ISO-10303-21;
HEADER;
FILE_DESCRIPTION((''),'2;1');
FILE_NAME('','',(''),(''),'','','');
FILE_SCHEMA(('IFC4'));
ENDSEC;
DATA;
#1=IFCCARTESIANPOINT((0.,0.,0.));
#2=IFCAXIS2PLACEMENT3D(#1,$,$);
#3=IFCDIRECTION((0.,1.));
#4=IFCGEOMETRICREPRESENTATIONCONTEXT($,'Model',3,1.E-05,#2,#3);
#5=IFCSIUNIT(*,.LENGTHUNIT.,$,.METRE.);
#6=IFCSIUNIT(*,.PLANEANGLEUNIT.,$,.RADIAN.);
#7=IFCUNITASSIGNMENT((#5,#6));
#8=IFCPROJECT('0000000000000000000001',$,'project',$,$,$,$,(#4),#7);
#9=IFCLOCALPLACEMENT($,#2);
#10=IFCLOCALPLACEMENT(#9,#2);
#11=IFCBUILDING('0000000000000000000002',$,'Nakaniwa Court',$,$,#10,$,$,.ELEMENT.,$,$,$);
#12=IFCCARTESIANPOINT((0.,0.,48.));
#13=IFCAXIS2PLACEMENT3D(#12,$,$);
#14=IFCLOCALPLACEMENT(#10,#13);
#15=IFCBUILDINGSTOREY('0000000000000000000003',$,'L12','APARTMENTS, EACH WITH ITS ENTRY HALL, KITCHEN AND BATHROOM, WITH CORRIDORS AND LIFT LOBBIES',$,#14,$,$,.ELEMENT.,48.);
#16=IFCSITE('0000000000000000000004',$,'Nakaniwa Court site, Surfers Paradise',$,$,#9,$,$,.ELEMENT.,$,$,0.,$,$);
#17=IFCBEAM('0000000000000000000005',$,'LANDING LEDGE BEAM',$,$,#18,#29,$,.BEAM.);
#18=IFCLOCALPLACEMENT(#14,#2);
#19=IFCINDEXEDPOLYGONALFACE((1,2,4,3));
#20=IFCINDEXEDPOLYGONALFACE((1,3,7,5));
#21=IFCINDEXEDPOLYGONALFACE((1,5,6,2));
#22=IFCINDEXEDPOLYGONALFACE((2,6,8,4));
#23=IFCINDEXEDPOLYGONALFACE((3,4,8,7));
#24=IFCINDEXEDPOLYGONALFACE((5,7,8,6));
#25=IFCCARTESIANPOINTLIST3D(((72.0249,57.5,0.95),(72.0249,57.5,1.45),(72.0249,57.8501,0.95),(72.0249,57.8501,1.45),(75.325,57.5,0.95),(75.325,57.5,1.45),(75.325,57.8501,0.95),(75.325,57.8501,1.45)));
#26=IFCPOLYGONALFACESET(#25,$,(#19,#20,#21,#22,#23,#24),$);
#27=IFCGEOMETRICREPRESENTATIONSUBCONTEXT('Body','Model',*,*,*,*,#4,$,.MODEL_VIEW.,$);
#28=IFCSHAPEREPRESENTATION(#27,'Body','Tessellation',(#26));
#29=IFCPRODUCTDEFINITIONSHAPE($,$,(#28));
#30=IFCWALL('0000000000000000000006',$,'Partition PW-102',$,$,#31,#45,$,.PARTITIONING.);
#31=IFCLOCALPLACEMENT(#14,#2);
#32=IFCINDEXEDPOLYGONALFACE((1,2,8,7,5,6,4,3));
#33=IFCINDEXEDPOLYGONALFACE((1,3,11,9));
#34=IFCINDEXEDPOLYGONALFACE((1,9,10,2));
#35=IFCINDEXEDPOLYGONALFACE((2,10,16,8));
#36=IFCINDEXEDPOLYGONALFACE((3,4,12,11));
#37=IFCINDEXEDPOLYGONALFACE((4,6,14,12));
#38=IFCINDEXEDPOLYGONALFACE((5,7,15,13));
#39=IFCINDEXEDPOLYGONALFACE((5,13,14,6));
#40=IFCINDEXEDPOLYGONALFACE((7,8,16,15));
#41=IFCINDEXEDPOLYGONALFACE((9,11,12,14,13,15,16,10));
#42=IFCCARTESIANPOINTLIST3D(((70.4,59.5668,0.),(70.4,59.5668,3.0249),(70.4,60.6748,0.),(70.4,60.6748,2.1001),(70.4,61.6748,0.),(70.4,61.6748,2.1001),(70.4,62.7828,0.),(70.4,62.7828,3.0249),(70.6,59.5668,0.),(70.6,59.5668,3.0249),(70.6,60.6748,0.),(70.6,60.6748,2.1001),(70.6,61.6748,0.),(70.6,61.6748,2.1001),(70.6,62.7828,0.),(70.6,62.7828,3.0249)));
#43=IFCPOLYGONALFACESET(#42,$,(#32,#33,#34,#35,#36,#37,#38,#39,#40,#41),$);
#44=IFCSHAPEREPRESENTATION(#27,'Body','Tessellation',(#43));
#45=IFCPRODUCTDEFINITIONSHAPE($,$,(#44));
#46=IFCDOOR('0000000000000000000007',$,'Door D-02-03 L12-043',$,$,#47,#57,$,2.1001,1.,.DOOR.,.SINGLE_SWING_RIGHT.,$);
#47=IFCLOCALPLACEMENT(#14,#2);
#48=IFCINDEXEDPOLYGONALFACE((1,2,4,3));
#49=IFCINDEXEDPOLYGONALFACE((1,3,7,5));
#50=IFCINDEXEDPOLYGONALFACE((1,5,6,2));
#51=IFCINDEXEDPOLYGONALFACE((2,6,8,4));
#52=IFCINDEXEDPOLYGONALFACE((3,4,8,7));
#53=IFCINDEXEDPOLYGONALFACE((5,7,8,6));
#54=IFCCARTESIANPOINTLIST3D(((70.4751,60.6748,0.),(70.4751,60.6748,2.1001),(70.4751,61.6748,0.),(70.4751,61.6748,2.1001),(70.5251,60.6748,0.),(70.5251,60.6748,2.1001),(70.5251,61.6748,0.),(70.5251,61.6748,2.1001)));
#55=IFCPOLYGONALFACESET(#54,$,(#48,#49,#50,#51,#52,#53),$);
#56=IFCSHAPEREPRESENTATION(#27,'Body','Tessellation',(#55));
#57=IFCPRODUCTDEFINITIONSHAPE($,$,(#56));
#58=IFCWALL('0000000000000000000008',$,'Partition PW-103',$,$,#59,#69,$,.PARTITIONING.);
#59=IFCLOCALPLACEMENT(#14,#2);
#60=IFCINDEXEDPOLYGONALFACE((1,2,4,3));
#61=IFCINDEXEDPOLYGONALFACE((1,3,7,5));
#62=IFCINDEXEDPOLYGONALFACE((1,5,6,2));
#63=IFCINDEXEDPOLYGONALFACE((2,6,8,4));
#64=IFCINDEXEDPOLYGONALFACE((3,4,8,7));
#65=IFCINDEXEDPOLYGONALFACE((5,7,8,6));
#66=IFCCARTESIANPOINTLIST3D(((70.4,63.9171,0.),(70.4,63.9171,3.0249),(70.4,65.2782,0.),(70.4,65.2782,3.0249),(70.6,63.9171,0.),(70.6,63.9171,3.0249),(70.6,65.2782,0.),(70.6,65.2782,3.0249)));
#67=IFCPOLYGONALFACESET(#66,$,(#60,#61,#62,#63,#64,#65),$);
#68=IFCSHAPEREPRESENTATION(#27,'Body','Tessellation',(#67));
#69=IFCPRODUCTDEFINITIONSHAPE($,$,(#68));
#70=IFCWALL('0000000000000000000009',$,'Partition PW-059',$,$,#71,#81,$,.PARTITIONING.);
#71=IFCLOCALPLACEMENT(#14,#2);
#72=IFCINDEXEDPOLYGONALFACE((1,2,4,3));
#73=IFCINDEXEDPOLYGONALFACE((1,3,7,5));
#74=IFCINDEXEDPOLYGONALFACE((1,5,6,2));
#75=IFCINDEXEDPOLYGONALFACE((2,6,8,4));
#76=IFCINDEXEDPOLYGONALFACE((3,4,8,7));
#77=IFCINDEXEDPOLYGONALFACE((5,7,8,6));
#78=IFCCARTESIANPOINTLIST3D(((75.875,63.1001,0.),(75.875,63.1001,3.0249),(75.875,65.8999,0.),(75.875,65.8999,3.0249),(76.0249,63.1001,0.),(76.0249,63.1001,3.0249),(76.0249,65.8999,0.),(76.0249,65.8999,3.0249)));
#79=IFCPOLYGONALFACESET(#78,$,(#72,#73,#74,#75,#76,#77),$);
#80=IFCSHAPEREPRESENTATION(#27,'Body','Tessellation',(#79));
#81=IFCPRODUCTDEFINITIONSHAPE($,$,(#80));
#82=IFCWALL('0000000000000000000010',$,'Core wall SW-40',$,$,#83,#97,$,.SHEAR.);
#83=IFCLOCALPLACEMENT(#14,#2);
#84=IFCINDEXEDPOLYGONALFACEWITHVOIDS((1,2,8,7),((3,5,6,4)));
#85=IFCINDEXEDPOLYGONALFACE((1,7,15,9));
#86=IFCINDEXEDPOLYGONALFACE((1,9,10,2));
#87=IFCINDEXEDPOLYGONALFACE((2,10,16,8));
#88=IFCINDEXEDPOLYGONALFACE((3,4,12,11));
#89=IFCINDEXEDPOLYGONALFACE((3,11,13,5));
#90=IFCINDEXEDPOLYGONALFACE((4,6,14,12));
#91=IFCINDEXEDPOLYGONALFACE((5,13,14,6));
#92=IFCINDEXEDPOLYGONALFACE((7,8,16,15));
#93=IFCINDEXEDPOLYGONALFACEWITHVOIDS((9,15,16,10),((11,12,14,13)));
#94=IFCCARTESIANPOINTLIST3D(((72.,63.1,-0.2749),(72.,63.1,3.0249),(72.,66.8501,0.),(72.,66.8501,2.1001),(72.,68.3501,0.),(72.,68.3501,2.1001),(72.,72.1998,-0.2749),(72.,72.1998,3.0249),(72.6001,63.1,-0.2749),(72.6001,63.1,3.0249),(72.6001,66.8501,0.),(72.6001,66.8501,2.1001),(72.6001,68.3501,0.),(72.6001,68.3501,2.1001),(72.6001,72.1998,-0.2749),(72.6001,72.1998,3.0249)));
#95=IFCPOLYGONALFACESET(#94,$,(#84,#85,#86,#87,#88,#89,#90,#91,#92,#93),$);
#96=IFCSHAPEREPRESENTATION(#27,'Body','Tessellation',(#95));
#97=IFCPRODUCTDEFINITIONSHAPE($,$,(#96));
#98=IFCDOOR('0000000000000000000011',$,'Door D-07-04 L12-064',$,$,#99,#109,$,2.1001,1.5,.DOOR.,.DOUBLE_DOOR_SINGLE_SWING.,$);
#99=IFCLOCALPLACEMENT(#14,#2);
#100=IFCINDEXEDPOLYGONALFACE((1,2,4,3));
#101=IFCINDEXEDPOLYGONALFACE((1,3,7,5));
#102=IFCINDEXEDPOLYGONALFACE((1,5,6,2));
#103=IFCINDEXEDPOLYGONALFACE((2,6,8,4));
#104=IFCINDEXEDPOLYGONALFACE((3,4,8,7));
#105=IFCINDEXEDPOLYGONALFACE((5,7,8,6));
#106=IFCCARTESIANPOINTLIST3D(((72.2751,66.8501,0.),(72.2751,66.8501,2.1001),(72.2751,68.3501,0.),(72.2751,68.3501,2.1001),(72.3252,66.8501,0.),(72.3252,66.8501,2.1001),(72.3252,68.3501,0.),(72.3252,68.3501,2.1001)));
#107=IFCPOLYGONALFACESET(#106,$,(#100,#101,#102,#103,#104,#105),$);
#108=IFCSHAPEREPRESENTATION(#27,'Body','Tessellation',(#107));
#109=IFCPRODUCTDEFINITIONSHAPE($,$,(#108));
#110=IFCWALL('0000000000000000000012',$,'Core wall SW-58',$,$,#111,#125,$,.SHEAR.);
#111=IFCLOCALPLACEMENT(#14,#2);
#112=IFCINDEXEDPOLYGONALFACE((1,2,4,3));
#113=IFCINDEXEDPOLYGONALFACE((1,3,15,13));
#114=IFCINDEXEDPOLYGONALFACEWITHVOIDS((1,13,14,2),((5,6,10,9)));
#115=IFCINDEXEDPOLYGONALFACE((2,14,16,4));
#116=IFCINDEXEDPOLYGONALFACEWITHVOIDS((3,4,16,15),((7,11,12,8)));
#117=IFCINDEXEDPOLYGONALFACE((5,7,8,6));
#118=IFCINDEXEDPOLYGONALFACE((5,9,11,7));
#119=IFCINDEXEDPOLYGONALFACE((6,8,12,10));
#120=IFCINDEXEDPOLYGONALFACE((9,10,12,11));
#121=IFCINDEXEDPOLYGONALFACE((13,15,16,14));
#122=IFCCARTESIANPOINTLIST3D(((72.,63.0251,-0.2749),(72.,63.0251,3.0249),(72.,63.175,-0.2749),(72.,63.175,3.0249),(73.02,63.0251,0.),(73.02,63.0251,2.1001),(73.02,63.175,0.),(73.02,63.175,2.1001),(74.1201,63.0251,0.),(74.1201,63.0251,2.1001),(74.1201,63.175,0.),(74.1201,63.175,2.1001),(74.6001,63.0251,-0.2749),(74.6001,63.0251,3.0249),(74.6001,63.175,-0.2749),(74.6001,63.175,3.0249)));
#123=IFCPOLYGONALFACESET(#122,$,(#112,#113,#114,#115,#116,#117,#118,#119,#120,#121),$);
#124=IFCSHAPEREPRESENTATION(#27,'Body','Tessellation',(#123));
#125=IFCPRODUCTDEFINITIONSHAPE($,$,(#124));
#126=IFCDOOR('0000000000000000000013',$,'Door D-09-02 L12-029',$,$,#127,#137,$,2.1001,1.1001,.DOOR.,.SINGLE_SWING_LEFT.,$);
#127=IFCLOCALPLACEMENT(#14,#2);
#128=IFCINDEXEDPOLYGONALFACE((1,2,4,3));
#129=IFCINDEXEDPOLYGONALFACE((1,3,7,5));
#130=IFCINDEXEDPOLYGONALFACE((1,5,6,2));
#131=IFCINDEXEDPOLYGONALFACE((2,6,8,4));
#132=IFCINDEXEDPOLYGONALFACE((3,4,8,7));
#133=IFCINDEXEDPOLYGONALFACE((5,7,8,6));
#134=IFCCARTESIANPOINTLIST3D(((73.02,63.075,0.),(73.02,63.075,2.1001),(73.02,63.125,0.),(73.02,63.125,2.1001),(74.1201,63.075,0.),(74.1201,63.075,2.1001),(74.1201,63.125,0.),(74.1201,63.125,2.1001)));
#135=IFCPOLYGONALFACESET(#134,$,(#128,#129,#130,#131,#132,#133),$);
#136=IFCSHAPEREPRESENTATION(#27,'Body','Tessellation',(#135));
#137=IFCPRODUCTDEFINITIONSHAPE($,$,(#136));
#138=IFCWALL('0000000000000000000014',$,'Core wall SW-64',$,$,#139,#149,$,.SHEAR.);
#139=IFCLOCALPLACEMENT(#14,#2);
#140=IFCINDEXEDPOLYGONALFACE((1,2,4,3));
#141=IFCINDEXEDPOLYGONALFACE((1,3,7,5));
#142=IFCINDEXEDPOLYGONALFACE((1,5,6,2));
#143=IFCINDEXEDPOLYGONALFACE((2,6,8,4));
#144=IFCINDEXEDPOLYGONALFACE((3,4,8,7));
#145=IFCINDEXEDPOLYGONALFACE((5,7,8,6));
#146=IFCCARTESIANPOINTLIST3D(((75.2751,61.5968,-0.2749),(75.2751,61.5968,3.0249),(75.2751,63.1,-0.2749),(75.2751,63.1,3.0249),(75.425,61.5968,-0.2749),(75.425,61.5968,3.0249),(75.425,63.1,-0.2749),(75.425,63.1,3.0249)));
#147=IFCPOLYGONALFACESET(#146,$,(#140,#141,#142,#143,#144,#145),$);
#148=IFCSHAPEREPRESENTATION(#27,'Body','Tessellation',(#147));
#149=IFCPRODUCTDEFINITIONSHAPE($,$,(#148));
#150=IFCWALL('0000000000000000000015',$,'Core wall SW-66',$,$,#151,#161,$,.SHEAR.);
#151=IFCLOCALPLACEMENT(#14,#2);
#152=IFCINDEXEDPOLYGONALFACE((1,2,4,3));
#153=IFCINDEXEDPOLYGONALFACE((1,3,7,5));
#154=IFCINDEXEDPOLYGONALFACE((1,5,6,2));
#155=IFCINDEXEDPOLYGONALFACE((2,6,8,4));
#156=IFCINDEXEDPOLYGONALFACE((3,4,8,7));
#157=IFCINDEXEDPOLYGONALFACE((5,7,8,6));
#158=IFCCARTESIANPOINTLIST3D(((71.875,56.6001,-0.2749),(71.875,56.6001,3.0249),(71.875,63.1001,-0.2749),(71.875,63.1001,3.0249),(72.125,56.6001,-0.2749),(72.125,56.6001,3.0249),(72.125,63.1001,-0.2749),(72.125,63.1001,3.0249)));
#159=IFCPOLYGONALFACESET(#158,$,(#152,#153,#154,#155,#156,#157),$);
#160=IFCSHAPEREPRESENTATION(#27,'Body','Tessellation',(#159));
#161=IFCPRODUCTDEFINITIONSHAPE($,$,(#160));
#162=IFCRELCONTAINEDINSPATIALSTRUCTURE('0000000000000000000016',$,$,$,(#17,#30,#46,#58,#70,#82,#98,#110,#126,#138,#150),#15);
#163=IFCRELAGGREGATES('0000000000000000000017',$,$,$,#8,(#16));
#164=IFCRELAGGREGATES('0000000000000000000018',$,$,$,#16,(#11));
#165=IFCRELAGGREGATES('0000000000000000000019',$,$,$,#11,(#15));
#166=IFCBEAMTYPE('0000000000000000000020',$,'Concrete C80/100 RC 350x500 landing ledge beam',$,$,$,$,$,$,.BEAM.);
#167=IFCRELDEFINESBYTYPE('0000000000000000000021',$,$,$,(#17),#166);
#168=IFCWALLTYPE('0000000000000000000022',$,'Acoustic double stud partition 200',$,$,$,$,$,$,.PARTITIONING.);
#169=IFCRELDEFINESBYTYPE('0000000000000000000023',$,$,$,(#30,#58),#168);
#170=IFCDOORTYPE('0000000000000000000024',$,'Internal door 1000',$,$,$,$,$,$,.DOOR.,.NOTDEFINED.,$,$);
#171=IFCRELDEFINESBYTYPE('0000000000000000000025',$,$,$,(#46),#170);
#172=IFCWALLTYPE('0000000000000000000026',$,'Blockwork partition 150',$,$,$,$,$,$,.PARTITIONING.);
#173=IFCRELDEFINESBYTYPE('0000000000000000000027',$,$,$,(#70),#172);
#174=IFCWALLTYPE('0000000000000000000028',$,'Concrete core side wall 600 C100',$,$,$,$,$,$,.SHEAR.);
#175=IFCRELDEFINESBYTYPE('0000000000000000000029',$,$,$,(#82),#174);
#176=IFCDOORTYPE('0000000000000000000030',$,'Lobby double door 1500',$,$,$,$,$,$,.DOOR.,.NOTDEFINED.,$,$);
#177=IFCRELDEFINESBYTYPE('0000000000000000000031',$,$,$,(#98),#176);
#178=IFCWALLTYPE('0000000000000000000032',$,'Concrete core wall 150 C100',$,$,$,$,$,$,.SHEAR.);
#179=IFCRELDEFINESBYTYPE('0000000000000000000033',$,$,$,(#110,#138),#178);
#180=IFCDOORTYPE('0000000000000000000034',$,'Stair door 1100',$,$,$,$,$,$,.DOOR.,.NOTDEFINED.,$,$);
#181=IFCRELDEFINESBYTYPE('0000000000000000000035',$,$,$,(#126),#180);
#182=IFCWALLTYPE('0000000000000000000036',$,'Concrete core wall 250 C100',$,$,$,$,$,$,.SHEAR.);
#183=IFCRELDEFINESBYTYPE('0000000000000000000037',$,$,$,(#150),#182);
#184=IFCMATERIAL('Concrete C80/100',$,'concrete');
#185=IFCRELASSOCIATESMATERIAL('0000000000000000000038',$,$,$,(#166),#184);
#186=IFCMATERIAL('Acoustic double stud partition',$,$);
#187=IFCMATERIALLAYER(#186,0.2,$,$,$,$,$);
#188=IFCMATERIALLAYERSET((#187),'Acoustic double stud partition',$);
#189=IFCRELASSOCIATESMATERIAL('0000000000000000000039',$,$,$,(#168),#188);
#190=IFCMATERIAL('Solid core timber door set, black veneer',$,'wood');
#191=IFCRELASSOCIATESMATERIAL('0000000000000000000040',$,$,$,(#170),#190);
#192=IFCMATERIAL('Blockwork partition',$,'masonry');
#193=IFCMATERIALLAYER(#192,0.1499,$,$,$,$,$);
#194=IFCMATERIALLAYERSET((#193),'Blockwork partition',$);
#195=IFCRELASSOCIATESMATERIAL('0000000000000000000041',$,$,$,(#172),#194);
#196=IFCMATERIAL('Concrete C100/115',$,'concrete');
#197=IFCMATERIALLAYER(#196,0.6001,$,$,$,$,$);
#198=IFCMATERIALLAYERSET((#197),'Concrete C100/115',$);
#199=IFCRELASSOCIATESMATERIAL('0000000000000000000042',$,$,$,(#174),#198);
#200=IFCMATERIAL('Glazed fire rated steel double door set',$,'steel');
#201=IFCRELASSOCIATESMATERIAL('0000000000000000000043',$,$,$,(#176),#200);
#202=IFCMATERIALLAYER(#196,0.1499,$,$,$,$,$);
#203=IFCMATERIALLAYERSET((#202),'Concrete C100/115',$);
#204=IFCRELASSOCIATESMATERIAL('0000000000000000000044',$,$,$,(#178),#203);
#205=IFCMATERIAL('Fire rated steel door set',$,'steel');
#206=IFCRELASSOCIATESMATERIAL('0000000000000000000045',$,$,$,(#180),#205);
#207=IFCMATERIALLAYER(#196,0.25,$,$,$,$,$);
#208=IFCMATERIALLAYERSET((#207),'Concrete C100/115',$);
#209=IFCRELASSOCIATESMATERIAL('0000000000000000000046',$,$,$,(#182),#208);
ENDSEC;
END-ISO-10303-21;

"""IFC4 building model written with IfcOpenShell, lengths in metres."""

from ifc_helpers import new_model, si_unit, direction, frame, frame_2d, origin, origin_2d, place, context, subcontext, project, spatial, rectangle, extrude, material, layer, layer_set, material_profile, profile_set, type_object, element, fill, save


model = new_model("IFC4")

# Units and contexts
model_context = context("Model", 3, precision=1e-05, world=origin(), true_north=direction((0.0, 1.0)))
body_context = subcontext(model_context, "Body", "Model", "MODEL_VIEW")
ifc_project = project(units=[si_unit("LENGTHUNIT", "METRE"), si_unit("PLANEANGLEUNIT", "RADIAN")], contexts=[model_context])

# Site, building, storey
site_placement = place(None, origin())
site = spatial("IfcSite", under=ifc_project, at=site_placement, Name="Nakaniwa Court site, Surfers Paradise", CompositionType="ELEMENT", RefElevation=0.0)
building_placement = place(site_placement, origin())
building = spatial("IfcBuilding", under=site, at=building_placement, Name="Nakaniwa Court", CompositionType="ELEMENT")
storey_placement = place(building_placement, frame((0.0, 0.0, 48.0)))
storey = spatial("IfcBuildingStorey", under=building, at=storey_placement, Name="L12", Description="APARTMENTS, EACH WITH ITS ENTRY HALL, KITCHEN AND BATHROOM, WITH CORRIDORS AND LIFT LOBBIES", CompositionType="ELEMENT", Elevation=48.0)

# Beam
ifc_material_1 = material(Name="Concrete C80/100", Category="concrete")
ifc_material_profile = material_profile(ifc_material_1, rectangle(XDim=0.3501, YDim=0.5, at=origin_2d()), Name="Concrete C80/100 RC 350x500 landing ledge beam")
ifc_profile_set = profile_set([ifc_material_profile], Name="Concrete C80/100")
beam_type = type_object("IfcBeamType", Name="Concrete C80/100 RC 350x500 landing ledge beam", PredefinedType="BEAM", material=ifc_profile_set)
beam_placement = place(storey_placement, frame((72.0249, 57.675, 1.2), z_axis=(1.0, 0.0, 0.0), x_axis=(0.0, 1.0, 0.0)))
element("IfcBeam", 1, at=beam_placement, inside=storey, type_object=beam_type, Name="LANDING LEDGE BEAM", PredefinedType="BEAM", context=body_context, shape_type="SweptSolid", body=[
    extrude(rectangle(XDim=0.3501, YDim=0.5, at=origin_2d()), origin(), (0.0, 0.0, 1.0), 3.3),
])

# Wall, opening, door
ifc_material_2 = material(Name="Acoustic double stud partition")
ifc_layer_1 = layer(ifc_material_2, 0.2)
ifc_layer_set_1 = layer_set([ifc_layer_1], Name="Acoustic double stud partition")
wall_type_1 = type_object("IfcWallType", Name="Acoustic double stud partition 200", PredefinedType="PARTITIONING", material=ifc_layer_set_1)
wall_1_placement = place(storey_placement, frame((70.5, 59.5669, 0.0), z_axis=(0.0, 0.0, 1.0), x_axis=(0.0, 1.0, 0.0)))
wall_1 = element("IfcWall", 2, at=wall_1_placement, inside=storey, type_object=wall_type_1, Name="Partition PW-102", PredefinedType="PARTITIONING", context=body_context, shape_type="SweptSolid", body=[
    extrude(rectangle(XDim=3.2161, YDim=0.2, at=frame_2d((1.6079, 0.0))), origin(), (0.0, 0.0, 1.0), 3.0249),
])
opening_1_placement = place(wall_1_placement, frame((1.1079, 0.0, 0.0)))
opening_1 = element("IfcOpeningElement", 3, at=opening_1_placement, cuts=wall_1, PredefinedType="OPENING", context=body_context, shape_type="SweptSolid", body=[
    extrude(rectangle(XDim=1.0, YDim=2.1001, at=frame_2d((0.5, 1.05))), frame((0.0, 0.1099, 0.0), z_axis=(0.0, -1.0, 0.0), x_axis=(1.0, 0.0, 0.0)), (0.0, 0.0, 1.0), 0.22),
])
ifc_material_3 = material(Name="Solid core timber door set, black veneer", Category="wood")
door_type_1 = type_object("IfcDoorType", Name="Internal door 1000", OperationType="NOTDEFINED", PredefinedType="DOOR", material=ifc_material_3)
door_1_placement = place(opening_1_placement, origin())
door_1 = element("IfcDoor", 4, at=door_1_placement, inside=storey, type_object=door_type_1, Name="Door D-02-03 L12-043", OperationType="SINGLE_SWING_RIGHT", OverallHeight=2.1001, OverallWidth=1.0, PredefinedType="DOOR", context=body_context, shape_type="SweptSolid", body=[
    extrude(rectangle(XDim=1.0, YDim=2.1001, at=frame_2d((0.5, 1.05))), frame((0.0, 0.0249, 0.0), z_axis=(0.0, -1.0, 0.0), x_axis=(1.0, 0.0, 0.0)), (0.0, 0.0, 1.0), 0.05),
])
fill(opening_1, door_1)

# Walls
wall_2_placement = place(storey_placement, frame((70.5, 63.917, 0.0), z_axis=(0.0, 0.0, 1.0), x_axis=(0.0, 1.0, 0.0)))
element("IfcWall", 5, at=wall_2_placement, inside=storey, type_object=wall_type_1, Name="Partition PW-103", PredefinedType="PARTITIONING", context=body_context, shape_type="SweptSolid", body=[
    extrude(rectangle(XDim=1.3611, YDim=0.2, at=frame_2d((0.6807, 0.0))), origin(), (0.0, 0.0, 1.0), 3.0249),
])
ifc_material_4 = material(Name="Blockwork partition", Category="masonry")
ifc_layer_2 = layer(ifc_material_4, 0.1499)
ifc_layer_set_2 = layer_set([ifc_layer_2], Name="Blockwork partition")
wall_type_2 = type_object("IfcWallType", Name="Blockwork partition 150", PredefinedType="PARTITIONING", material=ifc_layer_set_2)
wall_3_placement = place(storey_placement, frame((75.95, 63.1001, 0.0), z_axis=(0.0, 0.0, 1.0), x_axis=(0.0, 1.0, 0.0)))
element("IfcWall", 6, at=wall_3_placement, inside=storey, type_object=wall_type_2, Name="Partition PW-059", PredefinedType="PARTITIONING", context=body_context, shape_type="SweptSolid", body=[
    extrude(rectangle(XDim=2.7998, YDim=0.1499, at=frame_2d((1.3999, 0.0))), origin(), (0.0, 0.0, 1.0), 3.0249),
])

# Walls, openings, doors
ifc_material_5 = material(Name="Concrete C100/115", Category="concrete")
ifc_layer_3 = layer(ifc_material_5, 0.6001)
ifc_layer_set_3 = layer_set([ifc_layer_3], Name="Concrete C100/115")
wall_type_3 = type_object("IfcWallType", Name="Concrete core side wall 600 C100", PredefinedType="SHEAR", material=ifc_layer_set_3)
wall_4_placement = place(storey_placement, frame((72.3, 63.1001, -0.2749), z_axis=(0.0, 0.0, 1.0), x_axis=(0.0, 1.0, 0.0)))
wall_4 = element("IfcWall", 7, at=wall_4_placement, inside=storey, type_object=wall_type_3, Name="Core wall SW-40", PredefinedType="SHEAR", context=body_context, shape_type="SweptSolid", body=[
    extrude(rectangle(XDim=9.0999, YDim=0.6001, at=frame_2d((4.5498, 0.0))), origin(), (0.0, 0.0, 1.0), 3.2998),
])
opening_2_placement = place(wall_4_placement, frame((3.75, 0.0, 0.2749)))
opening_2 = element("IfcOpeningElement", 8, at=opening_2_placement, cuts=wall_4, PredefinedType="OPENING", context=body_context, shape_type="SweptSolid", body=[
    extrude(rectangle(XDim=1.5, YDim=2.1001, at=frame_2d((0.75, 1.05))), frame((0.0, 0.3101, 0.0), z_axis=(0.0, -1.0, 0.0), x_axis=(1.0, 0.0, 0.0)), (0.0, 0.0, 1.0), 0.6201),
])
ifc_material_6 = material(Name="Glazed fire rated steel double door set", Category="steel")
door_type_2 = type_object("IfcDoorType", Name="Lobby double door 1500", OperationType="NOTDEFINED", PredefinedType="DOOR", material=ifc_material_6)
door_2_placement = place(opening_2_placement, origin())
door_2 = element("IfcDoor", 9, at=door_2_placement, inside=storey, type_object=door_type_2, Name="Door D-07-04 L12-064", OperationType="DOUBLE_DOOR_SINGLE_SWING", OverallHeight=2.1001, OverallWidth=1.5, PredefinedType="DOOR", context=body_context, shape_type="SweptSolid", body=[
    extrude(rectangle(XDim=1.5, YDim=2.1001, at=frame_2d((0.75, 1.05))), frame((0.0, 0.0249, 0.0), z_axis=(0.0, -1.0, 0.0), x_axis=(1.0, 0.0, 0.0)), (0.0, 0.0, 1.0), 0.05),
])
fill(opening_2, door_2)
ifc_layer_4 = layer(ifc_material_5, 0.1499)
ifc_layer_set_4 = layer_set([ifc_layer_4], Name="Concrete C100/115")
wall_type_4 = type_object("IfcWallType", Name="Concrete core wall 150 C100", PredefinedType="SHEAR", material=ifc_layer_set_4)
wall_5_placement = place(storey_placement, frame((72.0, 63.1001, -0.2749), z_axis=(0.0, 0.0, 1.0), x_axis=(1.0, 0.0, 0.0)))
wall_5 = element("IfcWall", 10, at=wall_5_placement, inside=storey, type_object=wall_type_4, Name="Core wall SW-58", PredefinedType="SHEAR", context=body_context, shape_type="SweptSolid", body=[
    extrude(rectangle(XDim=2.6001, YDim=0.1499, at=frame_2d((1.3, 0.0))), origin(), (0.0, 0.0, 1.0), 3.2998),
])
opening_3_placement = place(wall_5_placement, frame((1.02, 0.0, 0.2749)))
opening_3 = element("IfcOpeningElement", 11, at=opening_3_placement, cuts=wall_5, PredefinedType="OPENING", context=body_context, shape_type="SweptSolid", body=[
    extrude(rectangle(XDim=1.1001, YDim=2.1001, at=frame_2d((0.55, 1.05))), frame((0.0, 0.085, 0.0), z_axis=(0.0, -1.0, 0.0), x_axis=(1.0, 0.0, 0.0)), (0.0, 0.0, 1.0), 0.1699),
])
ifc_material_7 = material(Name="Fire rated steel door set", Category="steel")
door_type_3 = type_object("IfcDoorType", Name="Stair door 1100", OperationType="NOTDEFINED", PredefinedType="DOOR", material=ifc_material_7)
door_3_placement = place(opening_3_placement, origin())
door_3 = element("IfcDoor", 12, at=door_3_placement, inside=storey, type_object=door_type_3, Name="Door D-09-02 L12-029", OperationType="SINGLE_SWING_LEFT", OverallHeight=2.1001, OverallWidth=1.1001, PredefinedType="DOOR", context=body_context, shape_type="SweptSolid", body=[
    extrude(rectangle(XDim=1.1001, YDim=2.1001, at=frame_2d((0.55, 1.05))), frame((0.0, 0.0249, 0.0), z_axis=(0.0, -1.0, 0.0), x_axis=(1.0, 0.0, 0.0)), (0.0, 0.0, 1.0), 0.05),
])
fill(opening_3, door_3)

# Walls
wall_6_placement = place(storey_placement, frame((75.3501, 61.5969, -0.2749), z_axis=(0.0, 0.0, 1.0), x_axis=(0.0, 1.0, 0.0)))
element("IfcWall", 13, at=wall_6_placement, inside=storey, type_object=wall_type_4, Name="Core wall SW-64", PredefinedType="SHEAR", context=body_context, shape_type="SweptSolid", body=[
    extrude(rectangle(XDim=1.5032, YDim=0.1499, at=frame_2d((0.7515, 0.0))), origin(), (0.0, 0.0, 1.0), 3.2998),
])
ifc_layer_5 = layer(ifc_material_5, 0.25)
ifc_layer_set_5 = layer_set([ifc_layer_5], Name="Concrete C100/115")
wall_type_5 = type_object("IfcWallType", Name="Concrete core wall 250 C100", PredefinedType="SHEAR", material=ifc_layer_set_5)
wall_7_placement = place(storey_placement, frame((72.0, 56.6001, -0.2749), z_axis=(0.0, 0.0, 1.0), x_axis=(0.0, 1.0, 0.0)))
element("IfcWall", 14, at=wall_7_placement, inside=storey, type_object=wall_type_5, Name="Core wall SW-66", PredefinedType="SHEAR", context=body_context, shape_type="SweptSolid", body=[
    extrude(rectangle(XDim=6.5, YDim=0.25, at=frame_2d((3.25, 0.0))), origin(), (0.0, 0.0, 1.0), 3.2998),
])

save(model, "model.ifc")
